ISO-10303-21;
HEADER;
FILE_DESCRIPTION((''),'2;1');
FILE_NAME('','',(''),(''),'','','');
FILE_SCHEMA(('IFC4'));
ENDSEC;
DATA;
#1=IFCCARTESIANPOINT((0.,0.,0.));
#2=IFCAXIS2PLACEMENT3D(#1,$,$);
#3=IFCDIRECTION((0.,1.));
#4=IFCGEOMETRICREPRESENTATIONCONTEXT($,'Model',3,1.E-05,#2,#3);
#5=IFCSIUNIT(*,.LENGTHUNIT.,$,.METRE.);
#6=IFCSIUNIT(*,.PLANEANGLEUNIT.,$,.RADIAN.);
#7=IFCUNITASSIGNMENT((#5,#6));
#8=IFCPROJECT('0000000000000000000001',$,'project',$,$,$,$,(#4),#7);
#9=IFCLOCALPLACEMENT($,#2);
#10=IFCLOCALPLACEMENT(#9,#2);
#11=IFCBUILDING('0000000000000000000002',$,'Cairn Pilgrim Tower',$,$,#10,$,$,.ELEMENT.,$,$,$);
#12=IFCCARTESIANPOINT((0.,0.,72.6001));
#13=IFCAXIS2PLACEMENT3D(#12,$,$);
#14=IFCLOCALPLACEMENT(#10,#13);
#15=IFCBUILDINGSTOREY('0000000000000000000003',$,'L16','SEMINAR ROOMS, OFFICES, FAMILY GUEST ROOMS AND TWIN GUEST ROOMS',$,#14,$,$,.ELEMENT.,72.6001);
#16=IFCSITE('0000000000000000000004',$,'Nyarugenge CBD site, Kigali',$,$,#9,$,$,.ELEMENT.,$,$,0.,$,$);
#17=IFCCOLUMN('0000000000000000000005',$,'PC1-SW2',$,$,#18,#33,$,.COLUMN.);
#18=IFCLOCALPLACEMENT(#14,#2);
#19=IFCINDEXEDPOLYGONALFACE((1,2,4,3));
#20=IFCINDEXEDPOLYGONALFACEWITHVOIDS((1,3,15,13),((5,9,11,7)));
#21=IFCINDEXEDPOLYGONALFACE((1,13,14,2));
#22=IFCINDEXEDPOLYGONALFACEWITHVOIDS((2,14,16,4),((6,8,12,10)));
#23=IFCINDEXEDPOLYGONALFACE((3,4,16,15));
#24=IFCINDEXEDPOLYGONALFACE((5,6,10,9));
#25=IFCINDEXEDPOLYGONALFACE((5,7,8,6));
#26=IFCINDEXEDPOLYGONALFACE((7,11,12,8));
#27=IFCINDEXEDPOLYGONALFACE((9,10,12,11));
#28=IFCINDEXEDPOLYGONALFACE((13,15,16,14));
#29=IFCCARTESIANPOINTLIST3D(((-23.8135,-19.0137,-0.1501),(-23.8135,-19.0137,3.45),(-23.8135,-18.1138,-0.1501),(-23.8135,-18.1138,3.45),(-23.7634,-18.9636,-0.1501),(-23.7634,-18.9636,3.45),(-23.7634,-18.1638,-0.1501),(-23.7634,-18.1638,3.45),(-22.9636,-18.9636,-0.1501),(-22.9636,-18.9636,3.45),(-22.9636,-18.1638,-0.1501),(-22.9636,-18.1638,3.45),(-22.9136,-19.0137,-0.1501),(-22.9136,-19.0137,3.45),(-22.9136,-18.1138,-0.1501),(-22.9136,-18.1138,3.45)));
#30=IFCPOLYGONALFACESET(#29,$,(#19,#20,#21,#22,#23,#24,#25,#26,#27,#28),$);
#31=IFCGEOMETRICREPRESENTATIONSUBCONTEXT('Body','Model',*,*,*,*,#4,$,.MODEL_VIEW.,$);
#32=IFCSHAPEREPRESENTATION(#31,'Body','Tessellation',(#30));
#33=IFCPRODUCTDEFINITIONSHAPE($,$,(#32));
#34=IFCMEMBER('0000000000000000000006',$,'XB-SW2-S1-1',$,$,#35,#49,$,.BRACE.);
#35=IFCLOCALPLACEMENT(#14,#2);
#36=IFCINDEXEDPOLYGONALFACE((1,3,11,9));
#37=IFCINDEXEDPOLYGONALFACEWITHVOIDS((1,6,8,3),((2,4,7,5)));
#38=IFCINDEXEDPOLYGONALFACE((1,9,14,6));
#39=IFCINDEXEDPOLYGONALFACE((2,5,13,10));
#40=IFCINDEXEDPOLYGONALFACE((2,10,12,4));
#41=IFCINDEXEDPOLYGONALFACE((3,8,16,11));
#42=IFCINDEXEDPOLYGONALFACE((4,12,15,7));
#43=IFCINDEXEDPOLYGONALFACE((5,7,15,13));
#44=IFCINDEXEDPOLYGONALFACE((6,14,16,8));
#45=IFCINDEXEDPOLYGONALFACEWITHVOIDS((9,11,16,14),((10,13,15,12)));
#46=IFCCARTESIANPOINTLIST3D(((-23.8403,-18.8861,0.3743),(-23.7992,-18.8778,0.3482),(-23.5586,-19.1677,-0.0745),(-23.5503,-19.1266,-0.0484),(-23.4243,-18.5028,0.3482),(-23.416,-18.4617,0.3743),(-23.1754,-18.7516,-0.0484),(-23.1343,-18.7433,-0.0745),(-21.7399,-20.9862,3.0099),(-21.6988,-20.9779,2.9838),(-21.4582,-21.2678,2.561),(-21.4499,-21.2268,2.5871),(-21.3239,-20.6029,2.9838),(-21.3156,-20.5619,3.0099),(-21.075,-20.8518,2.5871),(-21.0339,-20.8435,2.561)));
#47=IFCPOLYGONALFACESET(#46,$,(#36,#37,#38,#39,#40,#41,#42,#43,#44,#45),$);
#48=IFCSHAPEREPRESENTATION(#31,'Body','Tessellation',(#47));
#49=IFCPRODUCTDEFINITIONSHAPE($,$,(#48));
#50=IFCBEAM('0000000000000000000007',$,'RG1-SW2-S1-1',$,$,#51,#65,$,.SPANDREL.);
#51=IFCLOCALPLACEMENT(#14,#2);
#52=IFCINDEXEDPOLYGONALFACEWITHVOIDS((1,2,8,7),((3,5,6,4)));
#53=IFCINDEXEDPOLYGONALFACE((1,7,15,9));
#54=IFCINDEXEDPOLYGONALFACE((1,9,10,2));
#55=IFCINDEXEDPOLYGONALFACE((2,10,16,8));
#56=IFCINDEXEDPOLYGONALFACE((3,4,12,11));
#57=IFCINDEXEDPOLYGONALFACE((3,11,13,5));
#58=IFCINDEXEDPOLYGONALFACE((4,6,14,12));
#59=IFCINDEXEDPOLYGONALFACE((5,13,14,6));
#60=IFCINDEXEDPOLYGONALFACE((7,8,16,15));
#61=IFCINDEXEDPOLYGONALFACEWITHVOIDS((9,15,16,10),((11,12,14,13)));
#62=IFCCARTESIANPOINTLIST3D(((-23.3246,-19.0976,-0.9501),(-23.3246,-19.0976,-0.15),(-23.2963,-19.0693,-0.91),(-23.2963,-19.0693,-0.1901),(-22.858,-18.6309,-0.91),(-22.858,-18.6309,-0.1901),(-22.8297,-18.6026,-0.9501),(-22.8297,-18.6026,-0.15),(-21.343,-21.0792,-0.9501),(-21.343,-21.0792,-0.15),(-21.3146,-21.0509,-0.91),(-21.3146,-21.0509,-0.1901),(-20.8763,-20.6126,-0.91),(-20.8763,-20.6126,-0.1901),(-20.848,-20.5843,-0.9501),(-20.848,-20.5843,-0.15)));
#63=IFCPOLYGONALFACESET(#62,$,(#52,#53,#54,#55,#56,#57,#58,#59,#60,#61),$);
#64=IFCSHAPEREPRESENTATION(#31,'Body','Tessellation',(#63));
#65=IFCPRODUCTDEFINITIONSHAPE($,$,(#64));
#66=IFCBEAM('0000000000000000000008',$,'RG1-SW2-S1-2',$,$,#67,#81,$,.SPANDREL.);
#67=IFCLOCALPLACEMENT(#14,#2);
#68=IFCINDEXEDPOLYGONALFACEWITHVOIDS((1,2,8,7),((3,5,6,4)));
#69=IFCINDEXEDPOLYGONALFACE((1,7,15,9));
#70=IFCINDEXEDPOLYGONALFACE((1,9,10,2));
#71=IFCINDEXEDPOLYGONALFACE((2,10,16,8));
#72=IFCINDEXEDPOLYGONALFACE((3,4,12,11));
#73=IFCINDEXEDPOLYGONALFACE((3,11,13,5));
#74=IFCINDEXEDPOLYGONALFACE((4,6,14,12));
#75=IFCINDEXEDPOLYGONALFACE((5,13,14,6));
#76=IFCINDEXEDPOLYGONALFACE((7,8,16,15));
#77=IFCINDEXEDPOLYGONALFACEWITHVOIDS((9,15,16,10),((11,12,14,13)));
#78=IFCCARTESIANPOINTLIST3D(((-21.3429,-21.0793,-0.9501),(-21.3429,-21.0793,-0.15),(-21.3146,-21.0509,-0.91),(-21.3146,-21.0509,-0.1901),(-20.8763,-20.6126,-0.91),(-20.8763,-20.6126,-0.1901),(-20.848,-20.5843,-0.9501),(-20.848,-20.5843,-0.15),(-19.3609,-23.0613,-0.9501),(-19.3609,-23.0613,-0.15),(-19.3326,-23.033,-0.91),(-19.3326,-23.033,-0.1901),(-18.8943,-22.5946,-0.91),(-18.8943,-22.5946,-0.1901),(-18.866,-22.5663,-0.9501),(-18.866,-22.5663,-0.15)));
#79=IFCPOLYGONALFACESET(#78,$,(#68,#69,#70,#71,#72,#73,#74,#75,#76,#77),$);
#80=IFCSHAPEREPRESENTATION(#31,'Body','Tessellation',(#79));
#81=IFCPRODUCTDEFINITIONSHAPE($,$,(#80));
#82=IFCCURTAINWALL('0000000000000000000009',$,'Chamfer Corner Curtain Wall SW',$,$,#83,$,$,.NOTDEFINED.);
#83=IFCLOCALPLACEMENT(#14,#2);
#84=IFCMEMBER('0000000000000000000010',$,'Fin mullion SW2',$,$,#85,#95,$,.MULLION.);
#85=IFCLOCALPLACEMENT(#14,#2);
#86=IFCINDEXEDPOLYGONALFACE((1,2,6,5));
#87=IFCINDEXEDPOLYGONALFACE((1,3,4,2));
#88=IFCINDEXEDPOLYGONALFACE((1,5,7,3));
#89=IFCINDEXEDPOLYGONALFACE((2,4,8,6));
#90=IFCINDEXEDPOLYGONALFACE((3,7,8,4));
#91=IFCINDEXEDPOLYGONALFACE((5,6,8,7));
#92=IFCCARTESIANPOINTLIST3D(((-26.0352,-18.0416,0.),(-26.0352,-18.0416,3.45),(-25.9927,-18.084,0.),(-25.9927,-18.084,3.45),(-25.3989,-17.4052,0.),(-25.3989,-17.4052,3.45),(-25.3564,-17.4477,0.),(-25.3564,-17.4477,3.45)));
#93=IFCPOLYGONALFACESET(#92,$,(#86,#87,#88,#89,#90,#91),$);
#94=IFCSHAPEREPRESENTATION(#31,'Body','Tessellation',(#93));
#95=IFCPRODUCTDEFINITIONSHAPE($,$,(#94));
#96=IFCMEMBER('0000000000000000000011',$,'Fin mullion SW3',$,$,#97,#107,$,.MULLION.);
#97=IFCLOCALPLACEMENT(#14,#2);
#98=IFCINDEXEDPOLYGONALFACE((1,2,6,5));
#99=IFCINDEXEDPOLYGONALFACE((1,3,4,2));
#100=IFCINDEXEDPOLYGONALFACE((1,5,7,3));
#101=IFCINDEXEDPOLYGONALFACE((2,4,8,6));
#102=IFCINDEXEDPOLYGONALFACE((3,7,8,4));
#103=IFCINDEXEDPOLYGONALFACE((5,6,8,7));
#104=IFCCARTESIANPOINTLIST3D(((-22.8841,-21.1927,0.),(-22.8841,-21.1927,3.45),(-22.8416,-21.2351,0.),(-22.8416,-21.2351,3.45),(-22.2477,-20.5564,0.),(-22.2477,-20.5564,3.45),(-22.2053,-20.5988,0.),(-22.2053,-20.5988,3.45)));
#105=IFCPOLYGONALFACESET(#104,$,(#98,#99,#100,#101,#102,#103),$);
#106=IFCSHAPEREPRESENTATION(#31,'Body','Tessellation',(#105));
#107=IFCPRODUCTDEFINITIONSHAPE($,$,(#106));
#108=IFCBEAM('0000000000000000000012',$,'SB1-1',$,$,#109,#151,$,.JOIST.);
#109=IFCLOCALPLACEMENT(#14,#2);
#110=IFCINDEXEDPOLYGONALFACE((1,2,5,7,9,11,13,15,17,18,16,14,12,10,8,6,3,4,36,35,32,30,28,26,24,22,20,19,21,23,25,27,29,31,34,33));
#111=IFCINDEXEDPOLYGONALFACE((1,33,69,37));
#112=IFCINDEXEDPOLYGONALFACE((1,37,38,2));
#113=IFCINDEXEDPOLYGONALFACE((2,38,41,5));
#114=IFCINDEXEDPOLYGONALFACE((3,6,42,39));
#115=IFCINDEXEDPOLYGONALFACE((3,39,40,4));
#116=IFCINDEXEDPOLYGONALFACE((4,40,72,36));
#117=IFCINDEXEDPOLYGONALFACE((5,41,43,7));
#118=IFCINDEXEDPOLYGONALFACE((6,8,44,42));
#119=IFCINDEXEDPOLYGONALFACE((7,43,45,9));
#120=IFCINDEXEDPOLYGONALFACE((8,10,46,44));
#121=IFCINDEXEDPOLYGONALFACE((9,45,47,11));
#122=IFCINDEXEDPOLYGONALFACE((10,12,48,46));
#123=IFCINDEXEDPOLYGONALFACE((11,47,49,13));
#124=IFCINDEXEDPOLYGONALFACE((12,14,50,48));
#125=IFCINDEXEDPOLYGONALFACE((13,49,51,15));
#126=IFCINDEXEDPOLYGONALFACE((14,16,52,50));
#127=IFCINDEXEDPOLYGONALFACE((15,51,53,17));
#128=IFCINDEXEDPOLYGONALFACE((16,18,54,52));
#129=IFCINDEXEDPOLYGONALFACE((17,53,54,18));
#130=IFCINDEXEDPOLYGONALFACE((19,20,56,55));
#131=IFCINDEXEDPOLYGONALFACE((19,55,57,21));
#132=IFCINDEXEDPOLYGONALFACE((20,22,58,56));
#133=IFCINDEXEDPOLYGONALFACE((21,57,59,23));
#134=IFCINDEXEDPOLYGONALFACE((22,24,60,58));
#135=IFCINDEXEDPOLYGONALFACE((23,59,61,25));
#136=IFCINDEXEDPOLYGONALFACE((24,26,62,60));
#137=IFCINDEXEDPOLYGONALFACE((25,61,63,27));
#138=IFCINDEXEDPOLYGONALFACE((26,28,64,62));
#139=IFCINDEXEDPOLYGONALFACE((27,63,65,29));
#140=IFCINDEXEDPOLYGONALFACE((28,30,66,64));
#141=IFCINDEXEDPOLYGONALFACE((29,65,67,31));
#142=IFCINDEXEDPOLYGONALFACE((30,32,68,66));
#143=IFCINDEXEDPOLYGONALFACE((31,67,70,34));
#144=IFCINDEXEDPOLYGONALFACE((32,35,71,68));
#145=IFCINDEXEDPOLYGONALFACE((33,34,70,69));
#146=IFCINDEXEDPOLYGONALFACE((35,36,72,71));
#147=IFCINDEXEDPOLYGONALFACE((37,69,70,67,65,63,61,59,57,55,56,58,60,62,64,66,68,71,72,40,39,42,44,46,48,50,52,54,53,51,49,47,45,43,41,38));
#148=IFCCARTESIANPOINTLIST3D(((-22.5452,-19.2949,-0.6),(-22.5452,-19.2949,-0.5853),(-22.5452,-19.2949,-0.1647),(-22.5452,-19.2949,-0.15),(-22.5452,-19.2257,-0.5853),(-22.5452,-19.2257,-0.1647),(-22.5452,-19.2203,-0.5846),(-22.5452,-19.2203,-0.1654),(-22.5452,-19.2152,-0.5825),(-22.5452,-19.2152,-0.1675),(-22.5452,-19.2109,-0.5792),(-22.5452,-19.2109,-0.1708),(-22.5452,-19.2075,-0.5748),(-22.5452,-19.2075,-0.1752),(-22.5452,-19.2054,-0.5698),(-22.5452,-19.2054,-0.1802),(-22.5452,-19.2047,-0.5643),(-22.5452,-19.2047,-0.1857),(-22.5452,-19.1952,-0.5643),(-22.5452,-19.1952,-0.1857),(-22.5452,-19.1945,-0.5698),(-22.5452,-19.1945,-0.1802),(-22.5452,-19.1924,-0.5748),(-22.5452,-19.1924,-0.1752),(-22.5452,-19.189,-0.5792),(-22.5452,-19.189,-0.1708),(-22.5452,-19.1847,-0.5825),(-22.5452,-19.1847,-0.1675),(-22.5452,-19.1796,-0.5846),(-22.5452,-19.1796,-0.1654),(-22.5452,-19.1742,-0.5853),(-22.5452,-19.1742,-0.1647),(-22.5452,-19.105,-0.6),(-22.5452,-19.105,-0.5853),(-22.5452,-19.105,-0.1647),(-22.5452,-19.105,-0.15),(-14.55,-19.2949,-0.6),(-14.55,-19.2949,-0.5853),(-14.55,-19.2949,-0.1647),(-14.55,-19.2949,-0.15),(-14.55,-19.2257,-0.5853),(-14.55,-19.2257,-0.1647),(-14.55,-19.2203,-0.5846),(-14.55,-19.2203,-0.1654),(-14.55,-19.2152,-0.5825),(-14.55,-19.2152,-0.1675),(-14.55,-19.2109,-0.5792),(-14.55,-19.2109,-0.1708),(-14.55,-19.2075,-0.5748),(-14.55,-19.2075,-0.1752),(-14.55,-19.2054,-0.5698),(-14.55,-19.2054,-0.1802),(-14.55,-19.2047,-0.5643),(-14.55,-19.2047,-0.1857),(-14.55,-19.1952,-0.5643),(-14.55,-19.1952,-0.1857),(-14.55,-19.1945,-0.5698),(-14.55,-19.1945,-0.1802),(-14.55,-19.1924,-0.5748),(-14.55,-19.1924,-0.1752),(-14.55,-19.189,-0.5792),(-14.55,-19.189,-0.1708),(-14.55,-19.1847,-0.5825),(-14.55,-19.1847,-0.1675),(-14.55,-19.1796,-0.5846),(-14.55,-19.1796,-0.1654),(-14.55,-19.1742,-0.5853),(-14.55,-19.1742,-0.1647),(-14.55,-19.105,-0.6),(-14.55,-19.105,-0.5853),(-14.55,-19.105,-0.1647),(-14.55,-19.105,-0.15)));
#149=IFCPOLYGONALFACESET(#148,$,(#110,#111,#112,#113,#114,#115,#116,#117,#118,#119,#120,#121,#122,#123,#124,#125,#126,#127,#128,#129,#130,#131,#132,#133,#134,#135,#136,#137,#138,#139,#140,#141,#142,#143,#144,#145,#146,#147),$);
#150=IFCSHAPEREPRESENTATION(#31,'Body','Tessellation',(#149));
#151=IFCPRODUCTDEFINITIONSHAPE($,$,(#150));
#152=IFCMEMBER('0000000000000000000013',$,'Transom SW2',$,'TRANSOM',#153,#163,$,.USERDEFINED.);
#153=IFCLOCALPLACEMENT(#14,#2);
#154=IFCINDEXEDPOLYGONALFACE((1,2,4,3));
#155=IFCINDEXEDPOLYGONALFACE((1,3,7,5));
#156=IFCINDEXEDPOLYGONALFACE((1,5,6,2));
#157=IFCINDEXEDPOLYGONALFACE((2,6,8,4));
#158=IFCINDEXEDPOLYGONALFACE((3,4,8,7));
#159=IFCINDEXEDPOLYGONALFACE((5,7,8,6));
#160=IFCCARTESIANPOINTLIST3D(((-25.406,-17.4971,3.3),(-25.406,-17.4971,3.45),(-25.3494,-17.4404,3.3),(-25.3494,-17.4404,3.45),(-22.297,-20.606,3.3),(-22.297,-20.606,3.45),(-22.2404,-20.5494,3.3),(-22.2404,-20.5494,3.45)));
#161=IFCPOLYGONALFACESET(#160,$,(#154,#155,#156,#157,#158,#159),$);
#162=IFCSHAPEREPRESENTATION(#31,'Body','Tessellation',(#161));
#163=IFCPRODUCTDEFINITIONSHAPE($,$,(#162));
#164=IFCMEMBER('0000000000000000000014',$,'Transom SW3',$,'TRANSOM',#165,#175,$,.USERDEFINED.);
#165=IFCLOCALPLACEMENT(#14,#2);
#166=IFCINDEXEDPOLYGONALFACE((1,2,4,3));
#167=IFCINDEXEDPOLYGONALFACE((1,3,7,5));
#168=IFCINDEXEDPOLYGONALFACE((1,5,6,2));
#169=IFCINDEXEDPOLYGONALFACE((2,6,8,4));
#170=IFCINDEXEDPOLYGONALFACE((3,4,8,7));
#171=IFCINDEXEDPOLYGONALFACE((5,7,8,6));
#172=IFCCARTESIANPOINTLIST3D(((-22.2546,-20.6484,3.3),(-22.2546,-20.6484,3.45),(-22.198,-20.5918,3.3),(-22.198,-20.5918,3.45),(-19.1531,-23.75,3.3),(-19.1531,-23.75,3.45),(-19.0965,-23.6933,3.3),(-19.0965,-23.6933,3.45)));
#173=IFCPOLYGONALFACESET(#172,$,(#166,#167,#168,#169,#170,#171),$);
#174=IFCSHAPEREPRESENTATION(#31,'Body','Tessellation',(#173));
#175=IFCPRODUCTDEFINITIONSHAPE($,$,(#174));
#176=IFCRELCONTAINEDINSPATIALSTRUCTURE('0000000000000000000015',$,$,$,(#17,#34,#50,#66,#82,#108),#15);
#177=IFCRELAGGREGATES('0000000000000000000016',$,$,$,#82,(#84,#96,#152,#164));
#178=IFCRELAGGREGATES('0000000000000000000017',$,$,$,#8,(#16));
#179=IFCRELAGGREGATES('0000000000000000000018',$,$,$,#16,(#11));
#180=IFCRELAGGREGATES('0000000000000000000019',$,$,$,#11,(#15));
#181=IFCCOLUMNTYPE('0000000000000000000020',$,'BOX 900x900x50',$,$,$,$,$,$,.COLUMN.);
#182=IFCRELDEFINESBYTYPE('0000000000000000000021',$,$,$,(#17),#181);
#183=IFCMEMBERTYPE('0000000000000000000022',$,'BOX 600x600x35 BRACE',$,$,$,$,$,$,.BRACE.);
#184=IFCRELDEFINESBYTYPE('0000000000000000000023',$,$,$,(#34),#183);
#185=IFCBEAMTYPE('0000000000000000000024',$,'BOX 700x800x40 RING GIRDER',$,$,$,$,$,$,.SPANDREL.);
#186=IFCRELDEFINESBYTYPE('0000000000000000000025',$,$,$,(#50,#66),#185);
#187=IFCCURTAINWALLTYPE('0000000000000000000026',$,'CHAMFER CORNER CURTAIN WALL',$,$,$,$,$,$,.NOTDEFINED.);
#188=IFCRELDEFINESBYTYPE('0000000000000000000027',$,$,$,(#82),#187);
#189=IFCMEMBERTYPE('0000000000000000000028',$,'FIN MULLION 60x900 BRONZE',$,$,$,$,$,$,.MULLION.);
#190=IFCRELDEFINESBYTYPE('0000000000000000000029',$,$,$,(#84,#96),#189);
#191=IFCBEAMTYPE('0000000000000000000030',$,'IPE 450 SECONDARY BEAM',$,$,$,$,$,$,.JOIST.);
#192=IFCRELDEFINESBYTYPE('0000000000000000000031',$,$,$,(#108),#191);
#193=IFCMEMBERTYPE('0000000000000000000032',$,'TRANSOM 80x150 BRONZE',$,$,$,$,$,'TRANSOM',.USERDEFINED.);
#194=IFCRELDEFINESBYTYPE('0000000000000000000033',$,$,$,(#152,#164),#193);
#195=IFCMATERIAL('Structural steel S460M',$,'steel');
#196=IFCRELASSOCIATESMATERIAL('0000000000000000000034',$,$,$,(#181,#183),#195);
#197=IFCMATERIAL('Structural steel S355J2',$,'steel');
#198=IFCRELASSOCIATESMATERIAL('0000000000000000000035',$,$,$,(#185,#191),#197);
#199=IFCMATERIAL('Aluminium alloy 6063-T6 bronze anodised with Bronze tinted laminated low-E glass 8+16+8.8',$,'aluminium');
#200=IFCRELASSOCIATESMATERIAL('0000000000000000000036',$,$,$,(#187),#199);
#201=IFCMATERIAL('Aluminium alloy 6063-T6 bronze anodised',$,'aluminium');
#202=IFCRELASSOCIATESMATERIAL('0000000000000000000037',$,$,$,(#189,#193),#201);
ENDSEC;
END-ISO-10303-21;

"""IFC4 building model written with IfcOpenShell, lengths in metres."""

from ifc_helpers import new_model, si_unit, direction, frame, origin, origin_2d, place, context, subcontext, project, spatial, rectangle, hollow_rectangle, i_section, extrude, material, material_profile, profile_set, type_object, element, aggregate, save


model = new_model("IFC4")

# Units and contexts
model_context = context("Model", 3, precision=1e-05, world=origin(), true_north=direction((0.0, 1.0)))
body_context = subcontext(model_context, "Body", "Model", "MODEL_VIEW")
ifc_project = project(units=[si_unit("LENGTHUNIT", "METRE"), si_unit("PLANEANGLEUNIT", "RADIAN")], contexts=[model_context])

# Site, building, storey
site_placement = place(None, origin())
site = spatial("IfcSite", under=ifc_project, at=site_placement, Name="Nyarugenge CBD site, Kigali", CompositionType="ELEMENT", RefElevation=0.0)
building_placement = place(site_placement, origin())
building = spatial("IfcBuilding", under=site, at=building_placement, Name="Cairn Pilgrim Tower", CompositionType="ELEMENT")
storey_placement = place(building_placement, frame((0.0, 0.0, 72.6001)))
storey = spatial("IfcBuildingStorey", under=building, at=storey_placement, Name="L16", Description="SEMINAR ROOMS, OFFICES, FAMILY GUEST ROOMS AND TWIN GUEST ROOMS", CompositionType="ELEMENT", Elevation=72.6001)

# Column
ifc_material_1 = material(Name="Structural steel S460M", Category="steel")
ifc_material_profile_1 = material_profile(ifc_material_1, hollow_rectangle(XDim=0.8999, YDim=0.8999, WallThickness=0.05, at=origin_2d()), Name="BOX 900x900x50")
ifc_profile_set_1 = profile_set([ifc_material_profile_1], Name="Structural steel S460M")
column_type = type_object("IfcColumnType", Name="BOX 900x900x50", PredefinedType="COLUMN", material=ifc_profile_set_1)
column_placement = place(storey_placement, frame((-23.3635, -18.5637, -0.1501), z_axis=(0.0, 0.0, 1.0), x_axis=(1.0, 0.0, 0.0)))
element("IfcColumn", 1, at=column_placement, inside=storey, type_object=column_type, Name="PC1-SW2", PredefinedType="COLUMN", context=body_context, shape_type="SweptSolid", body=[
    extrude(hollow_rectangle(XDim=0.8999, YDim=0.8999, WallThickness=0.05, at=origin_2d()), origin(), (0.0, 0.0, 1.0), 3.6001),
])

# Member
ifc_material_profile_2 = material_profile(ifc_material_1, hollow_rectangle(XDim=0.6001, YDim=0.6001, WallThickness=0.0349, at=origin_2d()), Name="BOX 600x600x35")
ifc_profile_set_2 = profile_set([ifc_material_profile_2], Name="Structural steel S460M")
member_type_1 = type_object("IfcMemberType", Name="BOX 600x600x35 BRACE", PredefinedType="BRACE", material=ifc_profile_set_2)
member_1_placement = place(storey_placement, frame((-23.4873, -18.8147, 0.1499), z_axis=(0.528939, -0.528878, 0.66371), x_axis=(0.707066, 0.707148, 0.0)))
element("IfcMember", 2, at=member_1_placement, inside=storey, type_object=member_type_1, Name="XB-SW2-S1-1", PredefinedType="BRACE", context=body_context, shape_type="SweptSolid", body=[
    extrude(hollow_rectangle(XDim=0.6001, YDim=0.6001, WallThickness=0.0349, at=origin_2d()), origin(), (0.0, 0.0, 1.0), 3.9709),
])

# Beams
ifc_material_2 = material(Name="Structural steel S355J2", Category="steel")
ifc_material_profile_3 = material_profile(ifc_material_2, hollow_rectangle(XDim=0.7, YDim=0.8, WallThickness=0.04, at=origin_2d()), Name="BOX 700x800x40")
ifc_profile_set_3 = profile_set([ifc_material_profile_3], Name="Structural steel S355J2")
beam_type_1 = type_object("IfcBeamType", Name="BOX 700x800x40 RING GIRDER", PredefinedType="SPANDREL", material=ifc_profile_set_3)
beam_1_placement = place(storey_placement, frame((-23.0771, -18.8501, -0.55), z_axis=(0.707107, -0.707107, 0.0), x_axis=(0.707107, 0.707107, 0.0)))
element("IfcBeam", 3, at=beam_1_placement, inside=storey, type_object=beam_type_1, Name="RG1-SW2-S1-1", PredefinedType="SPANDREL", context=body_context, shape_type="SweptSolid", body=[
    extrude(hollow_rectangle(XDim=0.7, YDim=0.8, WallThickness=0.04, at=origin_2d()), origin(), (0.0, 0.0, 1.0), 2.8025),
])
beam_2_placement = place(storey_placement, frame((-21.0955, -20.8318, -0.55), z_axis=(0.707107, -0.707107, 0.0), x_axis=(0.707107, 0.707107, 0.0)))
element("IfcBeam", 4, at=beam_2_placement, inside=storey, type_object=beam_type_1, Name="RG1-SW2-S1-2", PredefinedType="SPANDREL", context=body_context, shape_type="SweptSolid", body=[
    extrude(hollow_rectangle(XDim=0.7, YDim=0.8, WallThickness=0.04, at=origin_2d()), origin(), (0.0, 0.0, 1.0), 2.803),
])

# Curtain wall, members
ifc_material_3 = material(Name="Aluminium alloy 6063-T6 bronze anodised with Bronze tinted laminated low-E glass 8+16+8.8", Category="aluminium")
curtain_wall_type = type_object("IfcCurtainWallType", Name="CHAMFER CORNER CURTAIN WALL", PredefinedType="NOTDEFINED", material=ifc_material_3)
curtain_wall_placement = place(storey_placement, origin())
curtain_wall = element("IfcCurtainWall", 5, at=curtain_wall_placement, inside=storey, type_object=curtain_wall_type, Name="Chamfer Corner Curtain Wall SW", PredefinedType="NOTDEFINED")
ifc_material_4 = material(Name="Aluminium alloy 6063-T6 bronze anodised", Category="aluminium")
ifc_material_profile_4 = material_profile(ifc_material_4, rectangle(XDim=0.8999, YDim=0.0601, at=origin_2d()), Name="FIN MULLION 60x900 BRONZE")
ifc_profile_set_4 = profile_set([ifc_material_profile_4], Name="Aluminium alloy 6063-T6 bronze anodised")
member_type_2 = type_object("IfcMemberType", Name="FIN MULLION 60x900 BRONZE", PredefinedType="MULLION", material=ifc_profile_set_4)
member_2_placement = place(storey_placement, frame((-25.6958, -17.7446, 0.0), z_axis=(0.0, 0.0, 1.0), x_axis=(-0.707107, -0.707107, 0.0)))
member_2 = element("IfcMember", 6, at=member_2_placement, type_object=member_type_2, Name="Fin mullion SW2", PredefinedType="MULLION", context=body_context, shape_type="SweptSolid", body=[
    extrude(rectangle(XDim=0.8999, YDim=0.0601, at=origin_2d()), origin(), (0.0, 0.0, 1.0), 3.45),
])
member_3_placement = place(storey_placement, frame((-22.5447, -20.8958, 0.0), z_axis=(0.0, 0.0, 1.0), x_axis=(-0.707107, -0.707107, 0.0)))
member_3 = element("IfcMember", 7, at=member_3_placement, type_object=member_type_2, Name="Fin mullion SW3", PredefinedType="MULLION", context=body_context, shape_type="SweptSolid", body=[
    extrude(rectangle(XDim=0.8999, YDim=0.0601, at=origin_2d()), origin(), (0.0, 0.0, 1.0), 3.45),
])

# Beam
ifc_material_profile_5 = material_profile(ifc_material_2, i_section(OverallWidth=0.1899, OverallDepth=0.45, WebThickness=0.0095, FlangeThickness=0.0146, FilletRadius=0.021, at=origin_2d()), Name="IPE 450")
ifc_profile_set_5 = profile_set([ifc_material_profile_5], Name="Structural steel S355J2")
beam_type_2 = type_object("IfcBeamType", Name="IPE 450 SECONDARY BEAM", PredefinedType="JOIST", material=ifc_profile_set_5)
beam_3_placement = place(storey_placement, frame((-22.5452, -19.2, -0.375), z_axis=(1.0, 0.0, 0.0), x_axis=(0.0, 1.0, 0.0)))
element("IfcBeam", 8, at=beam_3_placement, inside=storey, type_object=beam_type_2, Name="SB1-1", PredefinedType="JOIST", context=body_context, shape_type="SweptSolid", body=[
    extrude(i_section(OverallWidth=0.1899, OverallDepth=0.45, WebThickness=0.0095, FlangeThickness=0.0146, FilletRadius=0.021, at=origin_2d()), origin(), (0.0, 0.0, 1.0), 7.9951),
])

# Members
ifc_material_profile_6 = material_profile(ifc_material_4, rectangle(XDim=0.0801, YDim=0.1499, at=origin_2d()), Name="TRANSOM 80x150 BRONZE")
ifc_profile_set_6 = profile_set([ifc_material_profile_6], Name="Aluminium alloy 6063-T6 bronze anodised")
member_type_3 = type_object("IfcMemberType", Name="TRANSOM 80x150 BRONZE", ElementType="TRANSOM", PredefinedType="USERDEFINED", material=ifc_profile_set_6)
member_4_placement = place(storey_placement, frame((-25.3777, -17.4688, 3.375), z_axis=(0.707107, -0.707107, 0.0), x_axis=(0.707107, 0.707107, 0.0)))
member_4 = element("IfcMember", 9, at=member_4_placement, type_object=member_type_3, Name="Transom SW2", ObjectType="TRANSOM", PredefinedType="USERDEFINED", context=body_context, shape_type="SweptSolid", body=[
    extrude(rectangle(XDim=0.0801, YDim=0.1499, at=origin_2d()), origin(), (0.0, 0.0, 1.0), 4.3967),
])
member_5_placement = place(storey_placement, frame((-22.2263, -20.6201, 3.375), z_axis=(0.707107, -0.707107, 0.0), x_axis=(0.707107, 0.707107, 0.0)))
member_5 = element("IfcMember", 10, at=member_5_placement, type_object=member_type_3, Name="Transom SW3", ObjectType="TRANSOM", PredefinedType="USERDEFINED", context=body_context, shape_type="SweptSolid", body=[
    extrude(rectangle(XDim=0.0801, YDim=0.1499, at=origin_2d()), origin(), (0.0, 0.0, 1.0), 4.3862),
])

aggregate(curtain_wall, [member_2, member_3, member_4, member_5])

save(model, "model.ifc")
